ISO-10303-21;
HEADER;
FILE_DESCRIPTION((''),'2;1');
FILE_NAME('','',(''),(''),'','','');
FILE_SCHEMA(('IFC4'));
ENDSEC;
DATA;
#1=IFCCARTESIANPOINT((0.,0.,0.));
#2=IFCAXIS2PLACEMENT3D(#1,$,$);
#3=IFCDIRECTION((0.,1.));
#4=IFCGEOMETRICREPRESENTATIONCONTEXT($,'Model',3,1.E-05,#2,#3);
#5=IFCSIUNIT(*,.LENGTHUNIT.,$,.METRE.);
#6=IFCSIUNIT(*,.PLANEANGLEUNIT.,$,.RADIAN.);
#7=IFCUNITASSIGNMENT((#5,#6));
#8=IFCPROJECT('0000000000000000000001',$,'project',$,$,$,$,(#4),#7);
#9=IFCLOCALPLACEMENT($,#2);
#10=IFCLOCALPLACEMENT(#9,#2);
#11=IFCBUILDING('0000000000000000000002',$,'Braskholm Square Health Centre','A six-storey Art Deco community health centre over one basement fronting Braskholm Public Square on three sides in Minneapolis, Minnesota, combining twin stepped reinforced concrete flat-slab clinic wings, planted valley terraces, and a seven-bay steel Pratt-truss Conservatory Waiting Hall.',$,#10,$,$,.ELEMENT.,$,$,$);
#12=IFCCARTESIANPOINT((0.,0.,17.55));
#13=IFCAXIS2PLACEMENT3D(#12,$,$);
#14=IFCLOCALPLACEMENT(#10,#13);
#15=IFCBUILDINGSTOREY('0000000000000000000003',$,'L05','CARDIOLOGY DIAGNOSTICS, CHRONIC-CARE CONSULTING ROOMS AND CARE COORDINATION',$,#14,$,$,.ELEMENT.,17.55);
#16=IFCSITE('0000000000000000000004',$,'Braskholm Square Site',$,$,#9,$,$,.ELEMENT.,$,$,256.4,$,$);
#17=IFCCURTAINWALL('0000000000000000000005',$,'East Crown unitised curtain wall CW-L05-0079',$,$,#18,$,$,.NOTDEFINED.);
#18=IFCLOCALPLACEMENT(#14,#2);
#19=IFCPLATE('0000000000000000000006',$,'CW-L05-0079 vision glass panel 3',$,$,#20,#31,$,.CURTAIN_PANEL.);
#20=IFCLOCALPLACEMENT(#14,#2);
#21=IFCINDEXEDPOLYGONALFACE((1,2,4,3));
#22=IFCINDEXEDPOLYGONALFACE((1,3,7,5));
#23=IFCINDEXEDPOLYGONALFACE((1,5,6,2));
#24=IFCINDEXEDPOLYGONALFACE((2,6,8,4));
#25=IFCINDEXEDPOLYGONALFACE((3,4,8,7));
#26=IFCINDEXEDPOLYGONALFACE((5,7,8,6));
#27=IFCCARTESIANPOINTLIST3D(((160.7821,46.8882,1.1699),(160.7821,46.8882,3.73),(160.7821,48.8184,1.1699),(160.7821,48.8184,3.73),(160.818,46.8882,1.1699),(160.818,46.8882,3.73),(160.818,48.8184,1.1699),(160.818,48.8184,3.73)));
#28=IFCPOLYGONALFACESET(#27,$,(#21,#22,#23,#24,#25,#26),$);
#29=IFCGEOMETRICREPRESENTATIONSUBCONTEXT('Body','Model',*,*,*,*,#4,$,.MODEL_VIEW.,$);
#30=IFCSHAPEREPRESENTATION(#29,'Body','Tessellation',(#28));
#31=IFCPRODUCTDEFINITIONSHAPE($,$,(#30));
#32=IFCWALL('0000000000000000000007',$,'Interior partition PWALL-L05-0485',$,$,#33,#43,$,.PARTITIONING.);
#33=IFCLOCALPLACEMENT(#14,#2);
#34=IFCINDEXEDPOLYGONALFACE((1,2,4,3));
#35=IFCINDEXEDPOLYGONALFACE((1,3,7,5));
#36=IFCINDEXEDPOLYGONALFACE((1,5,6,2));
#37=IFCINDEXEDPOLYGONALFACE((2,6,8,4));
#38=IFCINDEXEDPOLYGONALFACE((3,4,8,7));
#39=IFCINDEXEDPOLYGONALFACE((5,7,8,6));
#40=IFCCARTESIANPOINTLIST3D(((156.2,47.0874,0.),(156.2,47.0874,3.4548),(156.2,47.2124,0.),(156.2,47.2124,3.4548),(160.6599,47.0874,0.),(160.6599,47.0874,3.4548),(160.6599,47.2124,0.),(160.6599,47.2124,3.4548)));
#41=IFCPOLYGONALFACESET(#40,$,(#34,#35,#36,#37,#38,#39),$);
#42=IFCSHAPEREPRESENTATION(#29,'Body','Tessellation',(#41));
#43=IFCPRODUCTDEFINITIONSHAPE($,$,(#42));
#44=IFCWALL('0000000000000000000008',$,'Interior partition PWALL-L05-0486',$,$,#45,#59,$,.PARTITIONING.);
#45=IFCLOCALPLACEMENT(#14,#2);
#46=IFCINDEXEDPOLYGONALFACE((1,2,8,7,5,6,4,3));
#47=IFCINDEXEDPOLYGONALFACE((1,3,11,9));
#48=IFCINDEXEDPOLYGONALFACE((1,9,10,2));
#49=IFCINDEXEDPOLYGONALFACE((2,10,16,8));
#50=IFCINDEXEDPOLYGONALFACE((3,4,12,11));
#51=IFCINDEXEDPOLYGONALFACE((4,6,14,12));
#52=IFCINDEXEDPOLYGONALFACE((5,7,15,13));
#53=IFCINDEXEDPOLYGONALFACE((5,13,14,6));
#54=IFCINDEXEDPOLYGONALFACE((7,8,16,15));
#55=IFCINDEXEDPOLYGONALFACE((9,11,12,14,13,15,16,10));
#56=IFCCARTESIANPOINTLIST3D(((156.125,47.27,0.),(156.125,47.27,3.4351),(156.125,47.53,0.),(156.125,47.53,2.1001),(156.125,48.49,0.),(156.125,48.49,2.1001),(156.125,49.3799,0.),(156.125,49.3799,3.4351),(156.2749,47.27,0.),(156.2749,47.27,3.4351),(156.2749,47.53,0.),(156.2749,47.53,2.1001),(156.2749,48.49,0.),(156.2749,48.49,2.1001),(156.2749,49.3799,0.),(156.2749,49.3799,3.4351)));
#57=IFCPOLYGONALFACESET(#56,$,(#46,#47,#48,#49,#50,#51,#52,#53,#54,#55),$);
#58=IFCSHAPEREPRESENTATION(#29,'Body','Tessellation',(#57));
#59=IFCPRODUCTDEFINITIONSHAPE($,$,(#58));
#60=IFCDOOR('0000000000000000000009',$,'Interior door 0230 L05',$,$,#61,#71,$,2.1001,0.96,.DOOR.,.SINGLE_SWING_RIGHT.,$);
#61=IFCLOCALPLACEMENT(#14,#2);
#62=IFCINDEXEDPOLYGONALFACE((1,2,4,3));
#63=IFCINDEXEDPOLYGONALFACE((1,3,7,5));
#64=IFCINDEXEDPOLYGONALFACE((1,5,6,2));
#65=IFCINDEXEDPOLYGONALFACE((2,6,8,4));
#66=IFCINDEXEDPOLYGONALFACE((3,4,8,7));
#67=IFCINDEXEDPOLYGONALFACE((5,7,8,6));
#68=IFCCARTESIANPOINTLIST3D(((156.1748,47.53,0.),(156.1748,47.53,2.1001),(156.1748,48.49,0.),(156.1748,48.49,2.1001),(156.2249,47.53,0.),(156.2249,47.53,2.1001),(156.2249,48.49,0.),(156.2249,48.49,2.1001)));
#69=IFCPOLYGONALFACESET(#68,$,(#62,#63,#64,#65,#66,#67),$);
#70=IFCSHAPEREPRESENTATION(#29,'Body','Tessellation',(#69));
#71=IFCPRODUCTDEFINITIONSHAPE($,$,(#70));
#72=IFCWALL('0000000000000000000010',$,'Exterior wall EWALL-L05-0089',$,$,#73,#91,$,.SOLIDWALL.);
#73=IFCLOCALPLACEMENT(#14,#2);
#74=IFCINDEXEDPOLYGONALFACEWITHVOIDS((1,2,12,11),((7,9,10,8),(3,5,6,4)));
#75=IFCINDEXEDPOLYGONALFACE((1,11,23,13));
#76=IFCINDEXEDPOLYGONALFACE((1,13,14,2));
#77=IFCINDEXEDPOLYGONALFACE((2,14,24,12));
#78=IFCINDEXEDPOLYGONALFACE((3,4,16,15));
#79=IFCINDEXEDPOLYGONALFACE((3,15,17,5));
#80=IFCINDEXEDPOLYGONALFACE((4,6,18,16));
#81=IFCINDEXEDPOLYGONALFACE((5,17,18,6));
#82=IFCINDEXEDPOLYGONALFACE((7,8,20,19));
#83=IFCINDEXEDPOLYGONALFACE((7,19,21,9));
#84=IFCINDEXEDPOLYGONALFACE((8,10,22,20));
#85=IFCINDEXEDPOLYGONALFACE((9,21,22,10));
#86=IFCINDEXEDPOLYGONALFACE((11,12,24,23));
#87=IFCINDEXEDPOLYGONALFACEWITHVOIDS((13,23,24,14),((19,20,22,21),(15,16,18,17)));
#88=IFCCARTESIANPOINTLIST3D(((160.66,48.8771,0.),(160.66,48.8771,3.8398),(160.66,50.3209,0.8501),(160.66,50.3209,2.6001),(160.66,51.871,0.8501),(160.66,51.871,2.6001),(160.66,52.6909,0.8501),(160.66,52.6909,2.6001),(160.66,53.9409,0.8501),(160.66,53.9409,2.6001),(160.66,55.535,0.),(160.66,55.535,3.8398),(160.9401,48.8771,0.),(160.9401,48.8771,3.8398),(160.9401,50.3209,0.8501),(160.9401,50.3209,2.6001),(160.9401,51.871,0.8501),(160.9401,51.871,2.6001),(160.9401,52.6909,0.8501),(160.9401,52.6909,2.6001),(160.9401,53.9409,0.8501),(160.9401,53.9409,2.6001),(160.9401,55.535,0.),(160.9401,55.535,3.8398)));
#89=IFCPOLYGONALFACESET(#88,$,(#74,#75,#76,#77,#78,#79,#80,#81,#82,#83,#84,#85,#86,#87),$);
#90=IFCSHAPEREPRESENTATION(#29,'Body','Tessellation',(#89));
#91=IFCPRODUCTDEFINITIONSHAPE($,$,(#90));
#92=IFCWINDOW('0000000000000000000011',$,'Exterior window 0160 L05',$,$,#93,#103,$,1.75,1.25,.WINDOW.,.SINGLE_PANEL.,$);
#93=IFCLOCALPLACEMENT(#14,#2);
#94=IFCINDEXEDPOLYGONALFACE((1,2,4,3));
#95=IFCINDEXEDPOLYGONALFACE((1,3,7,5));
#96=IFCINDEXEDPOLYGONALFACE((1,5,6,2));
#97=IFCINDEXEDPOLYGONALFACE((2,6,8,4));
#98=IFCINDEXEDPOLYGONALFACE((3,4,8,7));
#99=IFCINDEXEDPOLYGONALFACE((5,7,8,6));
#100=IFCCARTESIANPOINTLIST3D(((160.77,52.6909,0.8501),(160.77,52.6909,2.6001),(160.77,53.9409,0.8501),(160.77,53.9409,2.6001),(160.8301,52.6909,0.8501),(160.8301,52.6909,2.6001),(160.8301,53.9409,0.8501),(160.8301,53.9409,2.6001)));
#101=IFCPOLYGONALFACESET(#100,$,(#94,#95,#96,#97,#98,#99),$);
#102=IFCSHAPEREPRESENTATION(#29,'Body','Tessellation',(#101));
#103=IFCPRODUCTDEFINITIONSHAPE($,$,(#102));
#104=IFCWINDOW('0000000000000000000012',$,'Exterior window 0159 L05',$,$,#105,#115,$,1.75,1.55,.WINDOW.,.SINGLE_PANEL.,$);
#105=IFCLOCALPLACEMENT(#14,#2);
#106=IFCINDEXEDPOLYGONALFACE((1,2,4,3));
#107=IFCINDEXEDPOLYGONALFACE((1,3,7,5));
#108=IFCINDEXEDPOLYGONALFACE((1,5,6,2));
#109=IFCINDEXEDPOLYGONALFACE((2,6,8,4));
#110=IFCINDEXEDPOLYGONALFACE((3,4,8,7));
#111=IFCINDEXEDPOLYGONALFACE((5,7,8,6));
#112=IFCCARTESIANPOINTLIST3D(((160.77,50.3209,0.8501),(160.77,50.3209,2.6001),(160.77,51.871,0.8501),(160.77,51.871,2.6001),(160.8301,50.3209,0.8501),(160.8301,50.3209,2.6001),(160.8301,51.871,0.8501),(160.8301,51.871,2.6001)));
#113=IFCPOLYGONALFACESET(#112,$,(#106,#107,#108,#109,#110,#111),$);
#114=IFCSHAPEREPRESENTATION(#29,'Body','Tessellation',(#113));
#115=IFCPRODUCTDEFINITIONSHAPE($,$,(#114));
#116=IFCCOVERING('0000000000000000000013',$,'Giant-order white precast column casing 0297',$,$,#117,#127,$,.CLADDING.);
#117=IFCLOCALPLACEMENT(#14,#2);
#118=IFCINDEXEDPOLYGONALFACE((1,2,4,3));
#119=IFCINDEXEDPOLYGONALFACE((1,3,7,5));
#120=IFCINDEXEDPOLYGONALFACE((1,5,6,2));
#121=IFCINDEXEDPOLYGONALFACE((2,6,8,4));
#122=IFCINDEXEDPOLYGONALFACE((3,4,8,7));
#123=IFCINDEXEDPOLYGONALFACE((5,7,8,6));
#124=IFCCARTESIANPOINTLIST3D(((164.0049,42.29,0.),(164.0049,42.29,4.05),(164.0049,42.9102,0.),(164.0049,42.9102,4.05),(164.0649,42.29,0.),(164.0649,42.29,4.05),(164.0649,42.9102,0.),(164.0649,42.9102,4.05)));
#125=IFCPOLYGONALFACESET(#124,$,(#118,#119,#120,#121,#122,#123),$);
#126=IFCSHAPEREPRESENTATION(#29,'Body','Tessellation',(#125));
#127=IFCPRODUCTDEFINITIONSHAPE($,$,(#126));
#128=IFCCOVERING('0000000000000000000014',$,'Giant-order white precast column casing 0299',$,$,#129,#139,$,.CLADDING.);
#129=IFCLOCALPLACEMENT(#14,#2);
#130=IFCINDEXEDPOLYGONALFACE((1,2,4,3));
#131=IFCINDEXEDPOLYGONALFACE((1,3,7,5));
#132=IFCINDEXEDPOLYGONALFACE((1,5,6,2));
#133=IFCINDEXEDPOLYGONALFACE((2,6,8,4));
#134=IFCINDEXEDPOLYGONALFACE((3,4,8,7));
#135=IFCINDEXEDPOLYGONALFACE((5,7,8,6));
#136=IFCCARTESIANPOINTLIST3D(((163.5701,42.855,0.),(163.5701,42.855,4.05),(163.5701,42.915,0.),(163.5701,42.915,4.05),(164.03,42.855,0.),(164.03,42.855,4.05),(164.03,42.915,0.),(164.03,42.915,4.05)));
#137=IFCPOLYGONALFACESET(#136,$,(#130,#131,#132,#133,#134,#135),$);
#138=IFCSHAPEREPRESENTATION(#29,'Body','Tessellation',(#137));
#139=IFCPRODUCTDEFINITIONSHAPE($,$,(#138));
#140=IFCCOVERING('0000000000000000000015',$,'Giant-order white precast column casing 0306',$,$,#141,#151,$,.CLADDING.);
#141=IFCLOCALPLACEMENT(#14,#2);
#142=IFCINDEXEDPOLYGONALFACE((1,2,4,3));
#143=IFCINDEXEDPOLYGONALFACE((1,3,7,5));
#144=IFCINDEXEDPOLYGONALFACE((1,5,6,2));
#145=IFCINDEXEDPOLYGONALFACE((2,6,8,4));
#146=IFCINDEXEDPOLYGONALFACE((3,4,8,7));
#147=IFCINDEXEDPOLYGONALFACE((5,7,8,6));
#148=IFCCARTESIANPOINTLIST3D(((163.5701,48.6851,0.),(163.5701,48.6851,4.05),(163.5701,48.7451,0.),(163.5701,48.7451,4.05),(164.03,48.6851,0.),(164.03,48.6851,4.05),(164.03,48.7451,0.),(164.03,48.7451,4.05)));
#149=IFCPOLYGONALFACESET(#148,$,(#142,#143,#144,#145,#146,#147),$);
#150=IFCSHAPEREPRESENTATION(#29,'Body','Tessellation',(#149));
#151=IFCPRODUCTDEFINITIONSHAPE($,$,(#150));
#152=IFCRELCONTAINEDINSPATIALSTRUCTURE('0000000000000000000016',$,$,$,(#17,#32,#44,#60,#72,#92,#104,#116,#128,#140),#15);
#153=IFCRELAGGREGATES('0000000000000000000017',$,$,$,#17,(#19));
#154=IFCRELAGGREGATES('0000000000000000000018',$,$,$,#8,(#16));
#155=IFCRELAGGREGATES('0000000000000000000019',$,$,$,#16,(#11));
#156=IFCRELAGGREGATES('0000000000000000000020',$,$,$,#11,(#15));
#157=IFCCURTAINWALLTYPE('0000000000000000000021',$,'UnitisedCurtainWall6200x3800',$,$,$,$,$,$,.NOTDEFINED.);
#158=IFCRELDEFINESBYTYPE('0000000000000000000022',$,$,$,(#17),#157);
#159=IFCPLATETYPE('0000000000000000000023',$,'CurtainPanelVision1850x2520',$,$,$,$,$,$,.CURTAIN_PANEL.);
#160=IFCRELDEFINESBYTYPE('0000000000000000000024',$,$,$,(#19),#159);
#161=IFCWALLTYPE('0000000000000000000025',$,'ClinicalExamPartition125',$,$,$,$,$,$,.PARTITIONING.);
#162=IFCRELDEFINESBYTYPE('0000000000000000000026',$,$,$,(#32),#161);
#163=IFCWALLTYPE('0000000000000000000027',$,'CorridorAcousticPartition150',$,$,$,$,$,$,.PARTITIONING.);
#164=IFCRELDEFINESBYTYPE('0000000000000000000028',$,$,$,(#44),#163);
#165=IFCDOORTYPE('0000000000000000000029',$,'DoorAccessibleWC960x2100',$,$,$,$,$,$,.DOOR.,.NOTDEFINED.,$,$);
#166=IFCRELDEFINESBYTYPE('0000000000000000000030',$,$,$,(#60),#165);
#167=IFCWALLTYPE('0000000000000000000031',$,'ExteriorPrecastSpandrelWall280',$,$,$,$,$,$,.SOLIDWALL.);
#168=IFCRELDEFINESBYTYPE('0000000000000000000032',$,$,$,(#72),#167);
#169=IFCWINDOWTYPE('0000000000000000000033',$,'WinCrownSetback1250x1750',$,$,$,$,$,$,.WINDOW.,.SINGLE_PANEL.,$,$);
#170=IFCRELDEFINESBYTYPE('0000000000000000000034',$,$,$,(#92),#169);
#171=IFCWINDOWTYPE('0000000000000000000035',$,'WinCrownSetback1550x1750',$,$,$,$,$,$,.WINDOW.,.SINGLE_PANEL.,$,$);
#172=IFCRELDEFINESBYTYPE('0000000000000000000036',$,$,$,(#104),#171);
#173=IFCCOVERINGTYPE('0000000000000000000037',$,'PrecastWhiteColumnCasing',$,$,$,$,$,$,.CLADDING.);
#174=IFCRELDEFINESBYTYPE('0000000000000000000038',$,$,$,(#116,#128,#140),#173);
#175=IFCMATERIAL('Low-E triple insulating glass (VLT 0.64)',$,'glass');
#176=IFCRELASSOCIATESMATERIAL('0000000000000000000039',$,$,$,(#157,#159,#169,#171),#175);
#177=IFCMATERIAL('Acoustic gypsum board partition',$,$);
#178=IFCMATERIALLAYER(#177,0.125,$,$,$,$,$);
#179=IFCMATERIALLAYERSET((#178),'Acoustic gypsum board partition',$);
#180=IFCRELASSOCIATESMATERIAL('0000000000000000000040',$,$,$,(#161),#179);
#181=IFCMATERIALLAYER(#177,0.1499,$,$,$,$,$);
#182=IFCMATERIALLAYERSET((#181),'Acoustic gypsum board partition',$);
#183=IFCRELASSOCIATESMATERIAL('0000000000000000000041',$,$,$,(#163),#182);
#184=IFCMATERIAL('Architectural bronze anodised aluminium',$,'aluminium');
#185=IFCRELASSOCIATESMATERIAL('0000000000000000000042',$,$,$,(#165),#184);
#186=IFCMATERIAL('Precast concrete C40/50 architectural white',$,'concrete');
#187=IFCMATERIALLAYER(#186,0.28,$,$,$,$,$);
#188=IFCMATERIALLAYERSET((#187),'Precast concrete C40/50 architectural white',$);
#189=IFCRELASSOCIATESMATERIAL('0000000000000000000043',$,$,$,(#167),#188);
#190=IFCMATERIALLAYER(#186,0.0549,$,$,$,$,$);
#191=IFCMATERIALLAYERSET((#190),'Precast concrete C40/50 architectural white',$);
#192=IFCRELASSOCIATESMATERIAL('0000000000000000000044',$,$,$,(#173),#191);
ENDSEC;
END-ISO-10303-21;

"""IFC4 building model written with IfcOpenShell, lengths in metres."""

from ifc_helpers import new_model, si_unit, direction, frame, frame_2d, origin, origin_with_axes, origin_2d, place, context, subcontext, project, spatial, rectangle, extrude, material, layer, layer_set, type_object, element, fill, aggregate, save


model = new_model("IFC4")

# Units and contexts
model_context = context("Model", 3, precision=1e-05, world=origin(), true_north=direction((0.0, 1.0)))
body_context = subcontext(model_context, "Body", "Model", "MODEL_VIEW")
ifc_project = project(units=[si_unit("LENGTHUNIT", "METRE"), si_unit("PLANEANGLEUNIT", "RADIAN")], contexts=[model_context])

# Site, building, storey
site_placement = place(None, origin())
site = spatial("IfcSite", under=ifc_project, at=site_placement, Name="Braskholm Square Site", CompositionType="ELEMENT", RefElevation=256.4)
building_placement = place(site_placement, origin())
building = spatial("IfcBuilding", under=site, at=building_placement, Name="Braskholm Square Health Centre", Description="A six-storey Art Deco community health centre over one basement fronting Braskholm Public Square on three sides in Minneapolis, Minnesota, combining twin stepped reinforced concrete flat-slab clinic wings, planted valley terraces, and a seven-bay steel Pratt-truss Conservatory Waiting Hall.", CompositionType="ELEMENT")
storey_placement = place(building_placement, frame((0.0, 0.0, 17.55)))
storey = spatial("IfcBuildingStorey", under=building, at=storey_placement, Name="L05", Description="CARDIOLOGY DIAGNOSTICS, CHRONIC-CARE CONSULTING ROOMS AND CARE COORDINATION", CompositionType="ELEMENT", Elevation=17.55)

# Shared definitions
ifc_material_1 = material(Name="Precast concrete C40/50 architectural white", Category="concrete")

# Curtain wall
ifc_material_2 = material(Name="Low-E triple insulating glass (VLT 0.64)", Category="glass")
curtain_wall_type = type_object("IfcCurtainWallType", Name="UnitisedCurtainWall6200x3800", PredefinedType="NOTDEFINED", material=ifc_material_2)
curtain_wall_placement = place(storey_placement, origin())
curtain_wall = element("IfcCurtainWall", 1, at=curtain_wall_placement, inside=storey, type_object=curtain_wall_type, Name="East Crown unitised curtain wall CW-L05-0079", PredefinedType="NOTDEFINED")
ifc_material_3 = material(Name="Architectural bronze anodised aluminium", Category="aluminium")

# Plate
plate_type_1 = type_object("IfcPlateType", Name="CurtainPanelVision1850x2520", PredefinedType="CURTAIN_PANEL", material=ifc_material_2)
plate_1_placement = place(storey_placement, frame((160.8, 47.8533, 1.1699), z_axis=(0.0, 0.0, 1.0), x_axis=(0.0, 1.0, 0.0)))
plate_1 = element("IfcPlate", 2, at=plate_1_placement, type_object=plate_type_1, Name="CW-L05-0079 vision glass panel 3", PredefinedType="CURTAIN_PANEL", context=body_context, shape_type="SweptSolid", body=[
    extrude(rectangle(XDim=1.9302, YDim=0.0359, at=origin_2d()), origin(), (0.0, 0.0, 1.0), 2.5601),
])
aggregate(curtain_wall, [plate_1])

# Wall
ifc_material_4 = material(Name="Acoustic gypsum board partition")
ifc_layer_1 = layer(ifc_material_4, 0.125)
ifc_layer_set_1 = layer_set([ifc_layer_1], Name="Acoustic gypsum board partition")
wall_type_1 = type_object("IfcWallType", Name="ClinicalExamPartition125", PredefinedType="PARTITIONING", material=ifc_layer_set_1)
wall_1_placement = place(storey_placement, frame((156.2, 47.1499, 0.0), z_axis=(0.0, 0.0, 1.0), x_axis=(1.0, 0.0, 0.0)))
element("IfcWall", 3, at=wall_1_placement, inside=storey, type_object=wall_type_1, Name="Interior partition PWALL-L05-0485", PredefinedType="PARTITIONING", context=body_context, shape_type="SweptSolid", body=[
    extrude(rectangle(XDim=4.46, YDim=0.125, at=frame_2d((2.23, 0.0))), origin(), (0.0, 0.0, 1.0), 3.4548),
])

# Wall, opening, door
ifc_layer_2 = layer(ifc_material_4, 0.1499)
ifc_layer_set_2 = layer_set([ifc_layer_2], Name="Acoustic gypsum board partition")
wall_type_2 = type_object("IfcWallType", Name="CorridorAcousticPartition150", PredefinedType="PARTITIONING", material=ifc_layer_set_2)
wall_2_placement = place(storey_placement, frame((156.2, 47.27, 0.0), z_axis=(0.0, 0.0, 1.0), x_axis=(0.0, 1.0, 0.0)))
wall_2 = element("IfcWall", 4, at=wall_2_placement, inside=storey, type_object=wall_type_2, Name="Interior partition PWALL-L05-0486", PredefinedType="PARTITIONING", context=body_context, shape_type="SweptSolid", body=[
    extrude(rectangle(XDim=2.1099, YDim=0.1499, at=frame_2d((1.0549, 0.0))), origin(), (0.0, 0.0, 1.0), 3.4351),
])
opening_1_placement = place(wall_2_placement, frame((0.26, 0.0, 0.0)))
opening_1 = element("IfcOpeningElement", 5, at=opening_1_placement, cuts=wall_2, PredefinedType="OPENING", context=body_context, shape_type="SweptSolid", body=[
    extrude(rectangle(XDim=0.96, YDim=2.1001, at=frame_2d((0.48, 1.05))), frame((0.0, 0.085, 0.0), z_axis=(0.0, -1.0, 0.0), x_axis=(1.0, 0.0, 0.0)), (0.0, 0.0, 1.0), 0.1699),
])
door_type = type_object("IfcDoorType", Name="DoorAccessibleWC960x2100", OperationType="NOTDEFINED", PredefinedType="DOOR", material=ifc_material_3)
door_placement = place(opening_1_placement, frame((0.96, 0.0, 0.0), z_axis=(0.0, 0.0, 1.0), x_axis=(-1.0, 0.0, 0.0)))
door = element("IfcDoor", 6, at=door_placement, inside=storey, type_object=door_type, Name="Interior door 0230 L05", OperationType="SINGLE_SWING_RIGHT", OverallHeight=2.1001, OverallWidth=0.96, PredefinedType="DOOR", context=body_context, shape_type="SweptSolid", body=[
    extrude(rectangle(XDim=0.96, YDim=2.1001, at=frame_2d((0.48, 1.05))), frame((0.0, 0.0249, 0.0), z_axis=(0.0, -1.0, 0.0), x_axis=(1.0, 0.0, 0.0)), (0.0, 0.0, 1.0), 0.05),
])
fill(opening_1, door)

# Wall, openings, windows
ifc_layer_3 = layer(ifc_material_1, 0.28)
ifc_layer_set_3 = layer_set([ifc_layer_3], Name="Precast concrete C40/50 architectural white")
wall_type_3 = type_object("IfcWallType", Name="ExteriorPrecastSpandrelWall280", PredefinedType="SOLIDWALL", material=ifc_layer_set_3)
wall_3_placement = place(storey_placement, frame((160.8, 48.877, 0.0), z_axis=(0.0, 0.0, 1.0), x_axis=(0.0, 1.0, 0.0)))
wall_3 = element("IfcWall", 7, at=wall_3_placement, inside=storey, type_object=wall_type_3, Name="Exterior wall EWALL-L05-0089", PredefinedType="SOLIDWALL", context=body_context, shape_type="SweptSolid", body=[
    extrude(rectangle(XDim=6.658, YDim=0.28, at=frame_2d((3.3291, 0.0))), origin(), (0.0, 0.0, 1.0), 3.8398),
])
opening_2_placement = place(wall_3_placement, frame((1.4441, 0.0, 0.8501)))
opening_2 = element("IfcOpeningElement", 8, at=opening_2_placement, cuts=wall_3, PredefinedType="OPENING", context=body_context, shape_type="SweptSolid", body=[
    extrude(rectangle(XDim=1.55, YDim=1.75, at=frame_2d((0.7749, 0.875))), frame((0.0, 0.1499, 0.0), z_axis=(0.0, -1.0, 0.0), x_axis=(1.0, 0.0, 0.0)), (0.0, 0.0, 1.0), 0.3),
])
opening_3_placement = place(wall_3_placement, frame((3.814, 0.0, 0.8501)))
opening_3 = element("IfcOpeningElement", 9, at=opening_3_placement, cuts=wall_3, PredefinedType="OPENING", context=body_context, shape_type="SweptSolid", body=[
    extrude(rectangle(XDim=1.25, YDim=1.75, at=frame_2d((0.625, 0.875))), frame((0.0, 0.1499, 0.0), z_axis=(0.0, -1.0, 0.0), x_axis=(1.0, 0.0, 0.0)), (0.0, 0.0, 1.0), 0.3),
])
window_type_1 = type_object("IfcWindowType", Name="WinCrownSetback1250x1750", PartitioningType="SINGLE_PANEL", PredefinedType="WINDOW", material=ifc_material_2)
window_1_placement = place(opening_3_placement, origin_with_axes())
window_1 = element("IfcWindow", 10, at=window_1_placement, inside=storey, type_object=window_type_1, Name="Exterior window 0160 L05", OverallHeight=1.75, OverallWidth=1.25, PartitioningType="SINGLE_PANEL", PredefinedType="WINDOW", context=body_context, shape_type="SweptSolid", body=[
    extrude(rectangle(XDim=1.25, YDim=1.75, at=frame_2d((0.625, 0.875))), frame((0.0, 0.03, 0.0), z_axis=(0.0, -1.0, 0.0), x_axis=(1.0, 0.0, 0.0)), (0.0, 0.0, 1.0), 0.0601),
])
fill(opening_3, window_1)
window_type_2 = type_object("IfcWindowType", Name="WinCrownSetback1550x1750", PartitioningType="SINGLE_PANEL", PredefinedType="WINDOW", material=ifc_material_2)
window_2_placement = place(opening_2_placement, origin_with_axes())
window_2 = element("IfcWindow", 11, at=window_2_placement, inside=storey, type_object=window_type_2, Name="Exterior window 0159 L05", OverallHeight=1.75, OverallWidth=1.55, PartitioningType="SINGLE_PANEL", PredefinedType="WINDOW", context=body_context, shape_type="SweptSolid", body=[
    extrude(rectangle(XDim=1.55, YDim=1.75, at=frame_2d((0.7749, 0.875))), frame((0.0, 0.03, 0.0), z_axis=(0.0, -1.0, 0.0), x_axis=(1.0, 0.0, 0.0)), (0.0, 0.0, 1.0), 0.0601),
])
fill(opening_2, window_2)

# Coverings
ifc_layer_4 = layer(ifc_material_1, 0.0549)
ifc_layer_set_4 = layer_set([ifc_layer_4], Name="Precast concrete C40/50 architectural white")
covering_type = type_object("IfcCoveringType", Name="PrecastWhiteColumnCasing", PredefinedType="CLADDING", material=ifc_layer_set_4)
covering_placement = place(storey_placement, frame((164.0349, 42.6001, 0.0), z_axis=(0.0, 0.0, 1.0), x_axis=(1.0, 0.0, 0.0)))
element("IfcCovering", 12, at=covering_placement, inside=storey, type_object=covering_type, Name="Giant-order white precast column casing 0297", PredefinedType="CLADDING", context=body_context, shape_type="SweptSolid", body=[
    extrude(rectangle(XDim=0.0601, YDim=0.6201, at=origin_2d()), origin(), (0.0, 0.0, 1.0), 4.05),
])
for number, where, z_axis, x_axis, name in (
    (13, (163.8, 42.885, 0.0), (0.0, 0.0, 1.0), (1.0, 0.0, 0.0), "Giant-order white precast column casing 0299"),
    (14, (163.8, 48.7151, 0.0), (0.0, 0.0, 1.0), (1.0, 0.0, 0.0), "Giant-order white precast column casing 0306"),
):
    element("IfcCovering", number, at=place(storey_placement, frame(where, z_axis=z_axis, x_axis=x_axis)), inside=storey, type_object=covering_type, Name=name, PredefinedType="CLADDING", context=body_context, shape_type="SweptSolid", body=[
        extrude(rectangle(XDim=0.46, YDim=0.0601, at=origin_2d()), origin(), (0.0, 0.0, 1.0), 4.05),
    ])

save(model, "model.ifc")
